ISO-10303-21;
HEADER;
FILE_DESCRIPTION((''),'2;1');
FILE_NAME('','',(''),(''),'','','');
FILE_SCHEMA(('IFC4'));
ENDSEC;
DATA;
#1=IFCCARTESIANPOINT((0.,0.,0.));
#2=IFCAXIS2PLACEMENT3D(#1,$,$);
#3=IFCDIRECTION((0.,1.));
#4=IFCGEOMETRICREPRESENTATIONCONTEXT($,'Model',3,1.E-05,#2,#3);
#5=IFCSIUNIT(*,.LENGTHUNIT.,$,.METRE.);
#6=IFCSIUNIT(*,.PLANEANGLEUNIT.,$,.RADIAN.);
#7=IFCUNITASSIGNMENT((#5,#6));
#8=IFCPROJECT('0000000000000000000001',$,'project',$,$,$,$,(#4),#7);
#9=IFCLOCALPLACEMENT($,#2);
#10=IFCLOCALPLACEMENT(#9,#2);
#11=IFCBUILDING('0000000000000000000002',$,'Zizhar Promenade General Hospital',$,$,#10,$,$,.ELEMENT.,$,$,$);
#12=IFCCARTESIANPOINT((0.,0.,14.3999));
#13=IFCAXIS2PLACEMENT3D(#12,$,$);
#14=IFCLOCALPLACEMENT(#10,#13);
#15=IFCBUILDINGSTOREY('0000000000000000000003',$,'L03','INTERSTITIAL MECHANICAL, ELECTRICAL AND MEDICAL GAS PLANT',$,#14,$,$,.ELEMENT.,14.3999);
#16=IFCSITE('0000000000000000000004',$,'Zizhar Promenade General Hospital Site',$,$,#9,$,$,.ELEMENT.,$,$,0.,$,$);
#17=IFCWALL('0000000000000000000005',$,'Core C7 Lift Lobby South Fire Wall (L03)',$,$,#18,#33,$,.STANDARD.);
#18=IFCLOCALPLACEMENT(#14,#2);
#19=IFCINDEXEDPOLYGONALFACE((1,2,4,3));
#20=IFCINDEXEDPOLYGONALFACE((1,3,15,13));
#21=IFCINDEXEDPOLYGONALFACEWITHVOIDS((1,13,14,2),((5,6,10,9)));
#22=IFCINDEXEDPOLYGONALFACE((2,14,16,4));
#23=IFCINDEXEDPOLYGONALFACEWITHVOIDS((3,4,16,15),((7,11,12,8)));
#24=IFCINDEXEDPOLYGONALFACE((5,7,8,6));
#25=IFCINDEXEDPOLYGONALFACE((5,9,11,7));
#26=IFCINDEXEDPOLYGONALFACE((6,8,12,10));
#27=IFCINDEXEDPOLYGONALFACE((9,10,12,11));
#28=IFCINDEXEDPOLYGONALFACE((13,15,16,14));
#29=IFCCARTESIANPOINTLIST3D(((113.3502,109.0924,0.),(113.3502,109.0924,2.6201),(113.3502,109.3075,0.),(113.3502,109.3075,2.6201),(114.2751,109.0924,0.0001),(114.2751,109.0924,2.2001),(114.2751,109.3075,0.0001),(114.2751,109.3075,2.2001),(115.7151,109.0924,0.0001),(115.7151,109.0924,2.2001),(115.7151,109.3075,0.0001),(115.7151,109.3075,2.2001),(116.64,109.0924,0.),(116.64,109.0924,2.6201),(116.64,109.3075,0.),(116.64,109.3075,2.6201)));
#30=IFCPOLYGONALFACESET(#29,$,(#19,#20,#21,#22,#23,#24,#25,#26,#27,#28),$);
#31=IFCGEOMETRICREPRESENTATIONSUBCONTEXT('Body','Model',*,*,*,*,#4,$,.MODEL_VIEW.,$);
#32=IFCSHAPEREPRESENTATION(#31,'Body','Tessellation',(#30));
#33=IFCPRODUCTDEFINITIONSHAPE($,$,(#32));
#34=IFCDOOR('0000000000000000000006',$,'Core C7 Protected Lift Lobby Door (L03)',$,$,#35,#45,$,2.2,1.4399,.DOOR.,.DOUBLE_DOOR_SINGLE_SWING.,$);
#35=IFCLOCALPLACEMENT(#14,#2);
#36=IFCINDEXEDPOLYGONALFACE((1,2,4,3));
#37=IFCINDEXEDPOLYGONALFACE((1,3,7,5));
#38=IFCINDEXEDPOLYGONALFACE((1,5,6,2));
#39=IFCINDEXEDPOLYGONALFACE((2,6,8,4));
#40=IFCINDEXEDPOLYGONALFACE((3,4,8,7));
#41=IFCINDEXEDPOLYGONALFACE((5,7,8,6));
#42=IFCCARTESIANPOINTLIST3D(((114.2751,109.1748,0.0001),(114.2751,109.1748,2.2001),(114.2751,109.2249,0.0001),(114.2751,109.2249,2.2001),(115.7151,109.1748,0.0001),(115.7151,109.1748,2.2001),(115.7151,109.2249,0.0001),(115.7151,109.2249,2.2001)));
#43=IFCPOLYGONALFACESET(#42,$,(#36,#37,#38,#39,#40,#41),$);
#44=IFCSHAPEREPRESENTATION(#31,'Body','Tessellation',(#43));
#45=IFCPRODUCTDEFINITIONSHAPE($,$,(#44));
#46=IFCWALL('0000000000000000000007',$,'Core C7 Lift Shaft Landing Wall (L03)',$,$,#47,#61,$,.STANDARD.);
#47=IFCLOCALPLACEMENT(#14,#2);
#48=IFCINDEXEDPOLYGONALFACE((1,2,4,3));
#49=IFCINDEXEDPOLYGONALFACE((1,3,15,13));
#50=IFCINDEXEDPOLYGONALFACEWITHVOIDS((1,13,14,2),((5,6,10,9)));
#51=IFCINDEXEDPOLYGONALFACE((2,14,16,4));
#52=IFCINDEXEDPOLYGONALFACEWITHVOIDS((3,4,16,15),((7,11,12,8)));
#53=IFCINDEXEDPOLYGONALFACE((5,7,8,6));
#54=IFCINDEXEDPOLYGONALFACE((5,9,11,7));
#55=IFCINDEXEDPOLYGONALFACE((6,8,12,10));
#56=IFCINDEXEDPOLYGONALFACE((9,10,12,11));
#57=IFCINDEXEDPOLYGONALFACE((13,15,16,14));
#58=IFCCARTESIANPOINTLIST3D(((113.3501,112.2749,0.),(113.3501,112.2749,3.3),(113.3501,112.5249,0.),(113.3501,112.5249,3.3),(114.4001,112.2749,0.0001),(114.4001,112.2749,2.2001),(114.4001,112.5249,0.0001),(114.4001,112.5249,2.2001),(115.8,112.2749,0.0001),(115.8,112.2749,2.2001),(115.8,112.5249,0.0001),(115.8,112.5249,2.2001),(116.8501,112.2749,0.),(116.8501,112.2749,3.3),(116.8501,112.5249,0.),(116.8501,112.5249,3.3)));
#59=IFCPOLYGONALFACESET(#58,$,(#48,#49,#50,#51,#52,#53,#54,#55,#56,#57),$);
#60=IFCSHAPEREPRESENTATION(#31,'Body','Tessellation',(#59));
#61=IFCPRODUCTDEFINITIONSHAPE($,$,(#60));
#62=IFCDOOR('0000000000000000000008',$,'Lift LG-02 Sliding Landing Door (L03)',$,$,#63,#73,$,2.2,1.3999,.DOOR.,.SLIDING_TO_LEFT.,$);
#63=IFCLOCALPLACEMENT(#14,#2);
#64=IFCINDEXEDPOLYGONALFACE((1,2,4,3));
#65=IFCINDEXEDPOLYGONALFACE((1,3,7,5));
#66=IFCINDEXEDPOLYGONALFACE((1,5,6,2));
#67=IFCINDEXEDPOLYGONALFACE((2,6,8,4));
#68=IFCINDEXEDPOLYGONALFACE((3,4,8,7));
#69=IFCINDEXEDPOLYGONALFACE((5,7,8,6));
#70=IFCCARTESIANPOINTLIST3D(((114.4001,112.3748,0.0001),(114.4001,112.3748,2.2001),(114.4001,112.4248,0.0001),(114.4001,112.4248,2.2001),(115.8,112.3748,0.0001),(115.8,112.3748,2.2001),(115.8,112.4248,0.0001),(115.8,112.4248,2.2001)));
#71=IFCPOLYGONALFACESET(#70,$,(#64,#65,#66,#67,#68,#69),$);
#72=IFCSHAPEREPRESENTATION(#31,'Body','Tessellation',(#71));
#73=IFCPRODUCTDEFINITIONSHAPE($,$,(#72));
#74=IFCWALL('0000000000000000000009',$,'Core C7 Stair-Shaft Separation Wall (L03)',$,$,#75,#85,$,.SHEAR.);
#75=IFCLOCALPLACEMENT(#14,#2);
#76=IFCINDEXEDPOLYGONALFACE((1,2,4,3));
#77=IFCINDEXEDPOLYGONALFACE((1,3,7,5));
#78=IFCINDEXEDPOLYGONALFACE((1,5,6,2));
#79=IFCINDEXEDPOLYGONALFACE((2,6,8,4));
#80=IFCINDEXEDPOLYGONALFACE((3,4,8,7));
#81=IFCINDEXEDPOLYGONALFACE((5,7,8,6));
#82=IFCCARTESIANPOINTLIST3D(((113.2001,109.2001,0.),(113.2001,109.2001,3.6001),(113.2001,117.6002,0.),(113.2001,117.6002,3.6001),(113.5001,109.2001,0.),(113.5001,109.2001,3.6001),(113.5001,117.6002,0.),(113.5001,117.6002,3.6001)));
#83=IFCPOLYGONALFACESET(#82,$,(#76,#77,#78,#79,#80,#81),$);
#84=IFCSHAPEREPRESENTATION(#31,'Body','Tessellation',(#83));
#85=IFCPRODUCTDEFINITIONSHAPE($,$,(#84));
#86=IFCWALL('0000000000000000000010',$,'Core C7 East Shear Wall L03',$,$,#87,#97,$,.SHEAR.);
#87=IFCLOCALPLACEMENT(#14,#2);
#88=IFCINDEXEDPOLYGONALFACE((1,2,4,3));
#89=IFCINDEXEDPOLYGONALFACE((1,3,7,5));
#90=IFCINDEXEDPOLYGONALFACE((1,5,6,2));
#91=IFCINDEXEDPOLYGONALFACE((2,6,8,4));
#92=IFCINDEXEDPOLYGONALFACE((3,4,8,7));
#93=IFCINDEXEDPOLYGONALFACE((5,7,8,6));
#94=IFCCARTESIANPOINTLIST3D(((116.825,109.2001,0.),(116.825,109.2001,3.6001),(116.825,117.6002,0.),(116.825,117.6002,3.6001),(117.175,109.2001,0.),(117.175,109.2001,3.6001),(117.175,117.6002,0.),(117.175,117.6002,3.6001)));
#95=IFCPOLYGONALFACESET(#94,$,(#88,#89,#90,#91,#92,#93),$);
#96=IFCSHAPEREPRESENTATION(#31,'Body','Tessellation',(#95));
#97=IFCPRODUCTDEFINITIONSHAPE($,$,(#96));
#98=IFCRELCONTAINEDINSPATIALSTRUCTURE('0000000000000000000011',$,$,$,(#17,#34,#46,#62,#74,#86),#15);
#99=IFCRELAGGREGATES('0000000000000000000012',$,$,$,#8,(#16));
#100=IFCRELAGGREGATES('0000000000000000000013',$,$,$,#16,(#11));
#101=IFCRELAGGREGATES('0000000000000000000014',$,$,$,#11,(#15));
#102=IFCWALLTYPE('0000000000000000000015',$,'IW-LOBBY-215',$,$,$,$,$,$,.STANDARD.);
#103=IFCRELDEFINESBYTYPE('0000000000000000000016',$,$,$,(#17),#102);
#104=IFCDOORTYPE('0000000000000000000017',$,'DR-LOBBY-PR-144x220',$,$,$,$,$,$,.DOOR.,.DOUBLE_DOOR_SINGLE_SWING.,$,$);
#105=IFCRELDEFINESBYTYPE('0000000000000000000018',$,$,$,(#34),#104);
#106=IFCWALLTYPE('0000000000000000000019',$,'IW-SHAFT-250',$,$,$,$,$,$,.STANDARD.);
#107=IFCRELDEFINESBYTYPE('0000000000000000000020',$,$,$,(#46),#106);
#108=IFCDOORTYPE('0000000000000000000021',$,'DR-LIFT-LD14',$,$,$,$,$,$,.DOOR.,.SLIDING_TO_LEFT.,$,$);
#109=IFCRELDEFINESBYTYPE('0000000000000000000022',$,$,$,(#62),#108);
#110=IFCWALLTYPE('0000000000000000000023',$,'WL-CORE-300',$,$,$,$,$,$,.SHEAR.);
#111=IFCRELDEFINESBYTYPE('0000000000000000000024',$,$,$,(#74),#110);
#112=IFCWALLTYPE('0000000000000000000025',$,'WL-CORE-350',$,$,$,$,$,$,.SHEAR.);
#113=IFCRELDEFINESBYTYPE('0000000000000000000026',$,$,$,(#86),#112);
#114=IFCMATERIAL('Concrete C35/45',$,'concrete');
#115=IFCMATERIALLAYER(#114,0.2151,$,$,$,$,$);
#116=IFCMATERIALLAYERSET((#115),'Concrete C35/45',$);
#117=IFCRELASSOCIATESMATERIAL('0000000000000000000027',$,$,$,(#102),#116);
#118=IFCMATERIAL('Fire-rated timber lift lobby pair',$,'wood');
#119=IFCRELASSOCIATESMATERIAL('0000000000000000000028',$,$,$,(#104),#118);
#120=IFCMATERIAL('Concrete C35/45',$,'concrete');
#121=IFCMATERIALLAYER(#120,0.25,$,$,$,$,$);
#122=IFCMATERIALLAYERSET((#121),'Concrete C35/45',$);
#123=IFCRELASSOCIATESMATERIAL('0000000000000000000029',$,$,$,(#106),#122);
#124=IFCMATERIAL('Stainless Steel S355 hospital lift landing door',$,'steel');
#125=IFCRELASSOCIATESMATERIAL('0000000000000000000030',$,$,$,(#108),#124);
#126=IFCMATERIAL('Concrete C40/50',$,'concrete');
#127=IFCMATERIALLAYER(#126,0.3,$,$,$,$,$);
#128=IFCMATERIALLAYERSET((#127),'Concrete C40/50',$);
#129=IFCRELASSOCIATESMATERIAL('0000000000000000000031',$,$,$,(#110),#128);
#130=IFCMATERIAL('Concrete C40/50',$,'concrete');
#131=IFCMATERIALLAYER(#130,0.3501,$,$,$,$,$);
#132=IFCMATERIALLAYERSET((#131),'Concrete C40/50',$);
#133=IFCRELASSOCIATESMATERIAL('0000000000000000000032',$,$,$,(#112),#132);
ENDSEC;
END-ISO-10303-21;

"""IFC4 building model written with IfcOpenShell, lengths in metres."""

from ifc_helpers import new_model, si_unit, direction, frame, frame_2d, origin, place, context, subcontext, project, spatial, rectangle, extrude, material, layer, layer_set, type_object, element, fill, save


model = new_model("IFC4")

# Units and contexts
model_context = context("Model", 3, precision=1e-05, world=origin(), true_north=direction((0.0, 1.0)))
body_context = subcontext(model_context, "Body", "Model", "MODEL_VIEW")
ifc_project = project(units=[si_unit("LENGTHUNIT", "METRE"), si_unit("PLANEANGLEUNIT", "RADIAN")], contexts=[model_context])

# Site, building, storey
site_placement = place(None, origin())
site = spatial("IfcSite", under=ifc_project, at=site_placement, Name="Zizhar Promenade General Hospital Site", CompositionType="ELEMENT", RefElevation=0.0)
building_placement = place(site_placement, origin())
building = spatial("IfcBuilding", under=site, at=building_placement, Name="Zizhar Promenade General Hospital", CompositionType="ELEMENT")
storey_placement = place(building_placement, frame((0.0, 0.0, 14.3999)))
storey = spatial("IfcBuildingStorey", under=building, at=storey_placement, Name="L03", Description="INTERSTITIAL MECHANICAL, ELECTRICAL AND MEDICAL GAS PLANT", CompositionType="ELEMENT", Elevation=14.3999)

# Walls, openings, doors
ifc_material_1 = material(Name="Concrete C35/45", Category="concrete")
ifc_layer_1 = layer(ifc_material_1, 0.2151)
ifc_layer_set_1 = layer_set([ifc_layer_1], Name="Concrete C35/45")
wall_type_1 = type_object("IfcWallType", Name="IW-LOBBY-215", PredefinedType="STANDARD", material=ifc_layer_set_1)
wall_1_placement = place(storey_placement, frame((113.3501, 109.2, 0.0), z_axis=(0.0, 0.0, 1.0), x_axis=(1.0, 0.0, 0.0)))
wall_1 = element("IfcWall", 1, at=wall_1_placement, inside=storey, type_object=wall_type_1, Name="Core C7 Lift Lobby South Fire Wall (L03)", PredefinedType="STANDARD", context=body_context, shape_type="SweptSolid", body=[
    extrude(rectangle(XDim=3.2898, YDim=0.2151, at=frame_2d((1.645, 0.0))), origin(), (0.0, 0.0, 1.0), 2.6201),
])
opening_1_placement = place(wall_1_placement, frame((0.925, 0.0, 0.0)))
opening_1 = element("IfcOpeningElement", 2, at=opening_1_placement, cuts=wall_1, PredefinedType="OPENING", context=body_context, shape_type="SweptSolid", body=[
    extrude(rectangle(XDim=1.4399, YDim=2.2, at=frame_2d((0.72, 1.1001))), frame((0.0, 0.1177, 0.0), z_axis=(0.0, -1.0, 0.0), x_axis=(1.0, 0.0, 0.0)), (0.0, 0.0, 1.0), 0.2351),
])
ifc_material_2 = material(Name="Fire-rated timber lift lobby pair", Category="wood")
door_type_1 = type_object("IfcDoorType", Name="DR-LOBBY-PR-144x220", OperationType="DOUBLE_DOOR_SINGLE_SWING", PredefinedType="DOOR", material=ifc_material_2)
door_1_placement = place(opening_1_placement, origin())
door_1 = element("IfcDoor", 3, at=door_1_placement, inside=storey, type_object=door_type_1, Name="Core C7 Protected Lift Lobby Door (L03)", OperationType="DOUBLE_DOOR_SINGLE_SWING", OverallHeight=2.2, OverallWidth=1.4399, PredefinedType="DOOR", context=body_context, shape_type="SweptSolid", body=[
    extrude(rectangle(XDim=1.4399, YDim=2.2, at=frame_2d((0.72, 1.1001))), frame((0.0, 0.0249, 0.0), z_axis=(0.0, -1.0, 0.0), x_axis=(1.0, 0.0, 0.0)), (0.0, 0.0, 1.0), 0.05),
])
fill(opening_1, door_1)
ifc_material_3 = material(Name="Concrete C35/45", Category="concrete")
ifc_layer_2 = layer(ifc_material_3, 0.25)
ifc_layer_set_2 = layer_set([ifc_layer_2], Name="Concrete C35/45")
wall_type_2 = type_object("IfcWallType", Name="IW-SHAFT-250", PredefinedType="STANDARD", material=ifc_layer_set_2)
wall_2_placement = place(storey_placement, frame((113.3501, 112.3999, 0.0), z_axis=(0.0, 0.0, 1.0), x_axis=(1.0, 0.0, 0.0)))
wall_2 = element("IfcWall", 4, at=wall_2_placement, inside=storey, type_object=wall_type_2, Name="Core C7 Lift Shaft Landing Wall (L03)", PredefinedType="STANDARD", context=body_context, shape_type="SweptSolid", body=[
    extrude(rectangle(XDim=3.5, YDim=0.25, at=frame_2d((1.75, 0.0))), origin(), (0.0, 0.0, 1.0), 3.3),
])
opening_2_placement = place(wall_2_placement, frame((1.05, 0.0, 0.0)))
opening_2 = element("IfcOpeningElement", 5, at=opening_2_placement, cuts=wall_2, PredefinedType="OPENING", context=body_context, shape_type="SweptSolid", body=[
    extrude(rectangle(XDim=1.3999, YDim=2.2, at=frame_2d((0.7, 1.1001))), frame((0.0, 0.135, 0.0), z_axis=(0.0, -1.0, 0.0), x_axis=(1.0, 0.0, 0.0)), (0.0, 0.0, 1.0), 0.27),
])
ifc_material_4 = material(Name="Stainless Steel S355 hospital lift landing door", Category="steel")
door_type_2 = type_object("IfcDoorType", Name="DR-LIFT-LD14", OperationType="SLIDING_TO_LEFT", PredefinedType="DOOR", material=ifc_material_4)
door_2_placement = place(opening_2_placement, origin())
door_2 = element("IfcDoor", 6, at=door_2_placement, inside=storey, type_object=door_type_2, Name="Lift LG-02 Sliding Landing Door (L03)", OperationType="SLIDING_TO_LEFT", OverallHeight=2.2, OverallWidth=1.3999, PredefinedType="DOOR", context=body_context, shape_type="SweptSolid", body=[
    extrude(rectangle(XDim=1.3999, YDim=2.2, at=frame_2d((0.7, 1.1001))), frame((0.0, 0.0249, 0.0), z_axis=(0.0, -1.0, 0.0), x_axis=(1.0, 0.0, 0.0)), (0.0, 0.0, 1.0), 0.05),
])
fill(opening_2, door_2)

# Walls
ifc_material_5 = material(Name="Concrete C40/50", Category="concrete")
ifc_layer_3 = layer(ifc_material_5, 0.3)
ifc_layer_set_3 = layer_set([ifc_layer_3], Name="Concrete C40/50")
wall_type_3 = type_object("IfcWallType", Name="WL-CORE-300", PredefinedType="SHEAR", material=ifc_layer_set_3)
wall_3_placement = place(storey_placement, frame((113.3501, 109.2, 0.0), z_axis=(0.0, 0.0, 1.0), x_axis=(0.0, 1.0, 0.0)))
element("IfcWall", 7, at=wall_3_placement, inside=storey, type_object=wall_type_3, Name="Core C7 Stair-Shaft Separation Wall (L03)", PredefinedType="SHEAR", context=body_context, shape_type="SweptSolid", body=[
    extrude(rectangle(XDim=8.4001, YDim=0.3, at=frame_2d((4.2002, 0.0))), origin(), (0.0, 0.0, 1.0), 3.6001),
])
ifc_material_6 = material(Name="Concrete C40/50", Category="concrete")
ifc_layer_4 = layer(ifc_material_6, 0.3501)
ifc_layer_set_4 = layer_set([ifc_layer_4], Name="Concrete C40/50")
wall_type_4 = type_object("IfcWallType", Name="WL-CORE-350", PredefinedType="SHEAR", material=ifc_layer_set_4)
wall_4_placement = place(storey_placement, frame((117.0, 109.2, 0.0), z_axis=(0.0, 0.0, 1.0), x_axis=(0.0, 1.0, 0.0)))
element("IfcWall", 8, at=wall_4_placement, inside=storey, type_object=wall_type_4, Name="Core C7 East Shear Wall L03", PredefinedType="SHEAR", context=body_context, shape_type="SweptSolid", body=[
    extrude(rectangle(XDim=8.4001, YDim=0.3501, at=frame_2d((4.2002, 0.0))), origin(), (0.0, 0.0, 1.0), 3.6001),
])

save(model, "model.ifc")
